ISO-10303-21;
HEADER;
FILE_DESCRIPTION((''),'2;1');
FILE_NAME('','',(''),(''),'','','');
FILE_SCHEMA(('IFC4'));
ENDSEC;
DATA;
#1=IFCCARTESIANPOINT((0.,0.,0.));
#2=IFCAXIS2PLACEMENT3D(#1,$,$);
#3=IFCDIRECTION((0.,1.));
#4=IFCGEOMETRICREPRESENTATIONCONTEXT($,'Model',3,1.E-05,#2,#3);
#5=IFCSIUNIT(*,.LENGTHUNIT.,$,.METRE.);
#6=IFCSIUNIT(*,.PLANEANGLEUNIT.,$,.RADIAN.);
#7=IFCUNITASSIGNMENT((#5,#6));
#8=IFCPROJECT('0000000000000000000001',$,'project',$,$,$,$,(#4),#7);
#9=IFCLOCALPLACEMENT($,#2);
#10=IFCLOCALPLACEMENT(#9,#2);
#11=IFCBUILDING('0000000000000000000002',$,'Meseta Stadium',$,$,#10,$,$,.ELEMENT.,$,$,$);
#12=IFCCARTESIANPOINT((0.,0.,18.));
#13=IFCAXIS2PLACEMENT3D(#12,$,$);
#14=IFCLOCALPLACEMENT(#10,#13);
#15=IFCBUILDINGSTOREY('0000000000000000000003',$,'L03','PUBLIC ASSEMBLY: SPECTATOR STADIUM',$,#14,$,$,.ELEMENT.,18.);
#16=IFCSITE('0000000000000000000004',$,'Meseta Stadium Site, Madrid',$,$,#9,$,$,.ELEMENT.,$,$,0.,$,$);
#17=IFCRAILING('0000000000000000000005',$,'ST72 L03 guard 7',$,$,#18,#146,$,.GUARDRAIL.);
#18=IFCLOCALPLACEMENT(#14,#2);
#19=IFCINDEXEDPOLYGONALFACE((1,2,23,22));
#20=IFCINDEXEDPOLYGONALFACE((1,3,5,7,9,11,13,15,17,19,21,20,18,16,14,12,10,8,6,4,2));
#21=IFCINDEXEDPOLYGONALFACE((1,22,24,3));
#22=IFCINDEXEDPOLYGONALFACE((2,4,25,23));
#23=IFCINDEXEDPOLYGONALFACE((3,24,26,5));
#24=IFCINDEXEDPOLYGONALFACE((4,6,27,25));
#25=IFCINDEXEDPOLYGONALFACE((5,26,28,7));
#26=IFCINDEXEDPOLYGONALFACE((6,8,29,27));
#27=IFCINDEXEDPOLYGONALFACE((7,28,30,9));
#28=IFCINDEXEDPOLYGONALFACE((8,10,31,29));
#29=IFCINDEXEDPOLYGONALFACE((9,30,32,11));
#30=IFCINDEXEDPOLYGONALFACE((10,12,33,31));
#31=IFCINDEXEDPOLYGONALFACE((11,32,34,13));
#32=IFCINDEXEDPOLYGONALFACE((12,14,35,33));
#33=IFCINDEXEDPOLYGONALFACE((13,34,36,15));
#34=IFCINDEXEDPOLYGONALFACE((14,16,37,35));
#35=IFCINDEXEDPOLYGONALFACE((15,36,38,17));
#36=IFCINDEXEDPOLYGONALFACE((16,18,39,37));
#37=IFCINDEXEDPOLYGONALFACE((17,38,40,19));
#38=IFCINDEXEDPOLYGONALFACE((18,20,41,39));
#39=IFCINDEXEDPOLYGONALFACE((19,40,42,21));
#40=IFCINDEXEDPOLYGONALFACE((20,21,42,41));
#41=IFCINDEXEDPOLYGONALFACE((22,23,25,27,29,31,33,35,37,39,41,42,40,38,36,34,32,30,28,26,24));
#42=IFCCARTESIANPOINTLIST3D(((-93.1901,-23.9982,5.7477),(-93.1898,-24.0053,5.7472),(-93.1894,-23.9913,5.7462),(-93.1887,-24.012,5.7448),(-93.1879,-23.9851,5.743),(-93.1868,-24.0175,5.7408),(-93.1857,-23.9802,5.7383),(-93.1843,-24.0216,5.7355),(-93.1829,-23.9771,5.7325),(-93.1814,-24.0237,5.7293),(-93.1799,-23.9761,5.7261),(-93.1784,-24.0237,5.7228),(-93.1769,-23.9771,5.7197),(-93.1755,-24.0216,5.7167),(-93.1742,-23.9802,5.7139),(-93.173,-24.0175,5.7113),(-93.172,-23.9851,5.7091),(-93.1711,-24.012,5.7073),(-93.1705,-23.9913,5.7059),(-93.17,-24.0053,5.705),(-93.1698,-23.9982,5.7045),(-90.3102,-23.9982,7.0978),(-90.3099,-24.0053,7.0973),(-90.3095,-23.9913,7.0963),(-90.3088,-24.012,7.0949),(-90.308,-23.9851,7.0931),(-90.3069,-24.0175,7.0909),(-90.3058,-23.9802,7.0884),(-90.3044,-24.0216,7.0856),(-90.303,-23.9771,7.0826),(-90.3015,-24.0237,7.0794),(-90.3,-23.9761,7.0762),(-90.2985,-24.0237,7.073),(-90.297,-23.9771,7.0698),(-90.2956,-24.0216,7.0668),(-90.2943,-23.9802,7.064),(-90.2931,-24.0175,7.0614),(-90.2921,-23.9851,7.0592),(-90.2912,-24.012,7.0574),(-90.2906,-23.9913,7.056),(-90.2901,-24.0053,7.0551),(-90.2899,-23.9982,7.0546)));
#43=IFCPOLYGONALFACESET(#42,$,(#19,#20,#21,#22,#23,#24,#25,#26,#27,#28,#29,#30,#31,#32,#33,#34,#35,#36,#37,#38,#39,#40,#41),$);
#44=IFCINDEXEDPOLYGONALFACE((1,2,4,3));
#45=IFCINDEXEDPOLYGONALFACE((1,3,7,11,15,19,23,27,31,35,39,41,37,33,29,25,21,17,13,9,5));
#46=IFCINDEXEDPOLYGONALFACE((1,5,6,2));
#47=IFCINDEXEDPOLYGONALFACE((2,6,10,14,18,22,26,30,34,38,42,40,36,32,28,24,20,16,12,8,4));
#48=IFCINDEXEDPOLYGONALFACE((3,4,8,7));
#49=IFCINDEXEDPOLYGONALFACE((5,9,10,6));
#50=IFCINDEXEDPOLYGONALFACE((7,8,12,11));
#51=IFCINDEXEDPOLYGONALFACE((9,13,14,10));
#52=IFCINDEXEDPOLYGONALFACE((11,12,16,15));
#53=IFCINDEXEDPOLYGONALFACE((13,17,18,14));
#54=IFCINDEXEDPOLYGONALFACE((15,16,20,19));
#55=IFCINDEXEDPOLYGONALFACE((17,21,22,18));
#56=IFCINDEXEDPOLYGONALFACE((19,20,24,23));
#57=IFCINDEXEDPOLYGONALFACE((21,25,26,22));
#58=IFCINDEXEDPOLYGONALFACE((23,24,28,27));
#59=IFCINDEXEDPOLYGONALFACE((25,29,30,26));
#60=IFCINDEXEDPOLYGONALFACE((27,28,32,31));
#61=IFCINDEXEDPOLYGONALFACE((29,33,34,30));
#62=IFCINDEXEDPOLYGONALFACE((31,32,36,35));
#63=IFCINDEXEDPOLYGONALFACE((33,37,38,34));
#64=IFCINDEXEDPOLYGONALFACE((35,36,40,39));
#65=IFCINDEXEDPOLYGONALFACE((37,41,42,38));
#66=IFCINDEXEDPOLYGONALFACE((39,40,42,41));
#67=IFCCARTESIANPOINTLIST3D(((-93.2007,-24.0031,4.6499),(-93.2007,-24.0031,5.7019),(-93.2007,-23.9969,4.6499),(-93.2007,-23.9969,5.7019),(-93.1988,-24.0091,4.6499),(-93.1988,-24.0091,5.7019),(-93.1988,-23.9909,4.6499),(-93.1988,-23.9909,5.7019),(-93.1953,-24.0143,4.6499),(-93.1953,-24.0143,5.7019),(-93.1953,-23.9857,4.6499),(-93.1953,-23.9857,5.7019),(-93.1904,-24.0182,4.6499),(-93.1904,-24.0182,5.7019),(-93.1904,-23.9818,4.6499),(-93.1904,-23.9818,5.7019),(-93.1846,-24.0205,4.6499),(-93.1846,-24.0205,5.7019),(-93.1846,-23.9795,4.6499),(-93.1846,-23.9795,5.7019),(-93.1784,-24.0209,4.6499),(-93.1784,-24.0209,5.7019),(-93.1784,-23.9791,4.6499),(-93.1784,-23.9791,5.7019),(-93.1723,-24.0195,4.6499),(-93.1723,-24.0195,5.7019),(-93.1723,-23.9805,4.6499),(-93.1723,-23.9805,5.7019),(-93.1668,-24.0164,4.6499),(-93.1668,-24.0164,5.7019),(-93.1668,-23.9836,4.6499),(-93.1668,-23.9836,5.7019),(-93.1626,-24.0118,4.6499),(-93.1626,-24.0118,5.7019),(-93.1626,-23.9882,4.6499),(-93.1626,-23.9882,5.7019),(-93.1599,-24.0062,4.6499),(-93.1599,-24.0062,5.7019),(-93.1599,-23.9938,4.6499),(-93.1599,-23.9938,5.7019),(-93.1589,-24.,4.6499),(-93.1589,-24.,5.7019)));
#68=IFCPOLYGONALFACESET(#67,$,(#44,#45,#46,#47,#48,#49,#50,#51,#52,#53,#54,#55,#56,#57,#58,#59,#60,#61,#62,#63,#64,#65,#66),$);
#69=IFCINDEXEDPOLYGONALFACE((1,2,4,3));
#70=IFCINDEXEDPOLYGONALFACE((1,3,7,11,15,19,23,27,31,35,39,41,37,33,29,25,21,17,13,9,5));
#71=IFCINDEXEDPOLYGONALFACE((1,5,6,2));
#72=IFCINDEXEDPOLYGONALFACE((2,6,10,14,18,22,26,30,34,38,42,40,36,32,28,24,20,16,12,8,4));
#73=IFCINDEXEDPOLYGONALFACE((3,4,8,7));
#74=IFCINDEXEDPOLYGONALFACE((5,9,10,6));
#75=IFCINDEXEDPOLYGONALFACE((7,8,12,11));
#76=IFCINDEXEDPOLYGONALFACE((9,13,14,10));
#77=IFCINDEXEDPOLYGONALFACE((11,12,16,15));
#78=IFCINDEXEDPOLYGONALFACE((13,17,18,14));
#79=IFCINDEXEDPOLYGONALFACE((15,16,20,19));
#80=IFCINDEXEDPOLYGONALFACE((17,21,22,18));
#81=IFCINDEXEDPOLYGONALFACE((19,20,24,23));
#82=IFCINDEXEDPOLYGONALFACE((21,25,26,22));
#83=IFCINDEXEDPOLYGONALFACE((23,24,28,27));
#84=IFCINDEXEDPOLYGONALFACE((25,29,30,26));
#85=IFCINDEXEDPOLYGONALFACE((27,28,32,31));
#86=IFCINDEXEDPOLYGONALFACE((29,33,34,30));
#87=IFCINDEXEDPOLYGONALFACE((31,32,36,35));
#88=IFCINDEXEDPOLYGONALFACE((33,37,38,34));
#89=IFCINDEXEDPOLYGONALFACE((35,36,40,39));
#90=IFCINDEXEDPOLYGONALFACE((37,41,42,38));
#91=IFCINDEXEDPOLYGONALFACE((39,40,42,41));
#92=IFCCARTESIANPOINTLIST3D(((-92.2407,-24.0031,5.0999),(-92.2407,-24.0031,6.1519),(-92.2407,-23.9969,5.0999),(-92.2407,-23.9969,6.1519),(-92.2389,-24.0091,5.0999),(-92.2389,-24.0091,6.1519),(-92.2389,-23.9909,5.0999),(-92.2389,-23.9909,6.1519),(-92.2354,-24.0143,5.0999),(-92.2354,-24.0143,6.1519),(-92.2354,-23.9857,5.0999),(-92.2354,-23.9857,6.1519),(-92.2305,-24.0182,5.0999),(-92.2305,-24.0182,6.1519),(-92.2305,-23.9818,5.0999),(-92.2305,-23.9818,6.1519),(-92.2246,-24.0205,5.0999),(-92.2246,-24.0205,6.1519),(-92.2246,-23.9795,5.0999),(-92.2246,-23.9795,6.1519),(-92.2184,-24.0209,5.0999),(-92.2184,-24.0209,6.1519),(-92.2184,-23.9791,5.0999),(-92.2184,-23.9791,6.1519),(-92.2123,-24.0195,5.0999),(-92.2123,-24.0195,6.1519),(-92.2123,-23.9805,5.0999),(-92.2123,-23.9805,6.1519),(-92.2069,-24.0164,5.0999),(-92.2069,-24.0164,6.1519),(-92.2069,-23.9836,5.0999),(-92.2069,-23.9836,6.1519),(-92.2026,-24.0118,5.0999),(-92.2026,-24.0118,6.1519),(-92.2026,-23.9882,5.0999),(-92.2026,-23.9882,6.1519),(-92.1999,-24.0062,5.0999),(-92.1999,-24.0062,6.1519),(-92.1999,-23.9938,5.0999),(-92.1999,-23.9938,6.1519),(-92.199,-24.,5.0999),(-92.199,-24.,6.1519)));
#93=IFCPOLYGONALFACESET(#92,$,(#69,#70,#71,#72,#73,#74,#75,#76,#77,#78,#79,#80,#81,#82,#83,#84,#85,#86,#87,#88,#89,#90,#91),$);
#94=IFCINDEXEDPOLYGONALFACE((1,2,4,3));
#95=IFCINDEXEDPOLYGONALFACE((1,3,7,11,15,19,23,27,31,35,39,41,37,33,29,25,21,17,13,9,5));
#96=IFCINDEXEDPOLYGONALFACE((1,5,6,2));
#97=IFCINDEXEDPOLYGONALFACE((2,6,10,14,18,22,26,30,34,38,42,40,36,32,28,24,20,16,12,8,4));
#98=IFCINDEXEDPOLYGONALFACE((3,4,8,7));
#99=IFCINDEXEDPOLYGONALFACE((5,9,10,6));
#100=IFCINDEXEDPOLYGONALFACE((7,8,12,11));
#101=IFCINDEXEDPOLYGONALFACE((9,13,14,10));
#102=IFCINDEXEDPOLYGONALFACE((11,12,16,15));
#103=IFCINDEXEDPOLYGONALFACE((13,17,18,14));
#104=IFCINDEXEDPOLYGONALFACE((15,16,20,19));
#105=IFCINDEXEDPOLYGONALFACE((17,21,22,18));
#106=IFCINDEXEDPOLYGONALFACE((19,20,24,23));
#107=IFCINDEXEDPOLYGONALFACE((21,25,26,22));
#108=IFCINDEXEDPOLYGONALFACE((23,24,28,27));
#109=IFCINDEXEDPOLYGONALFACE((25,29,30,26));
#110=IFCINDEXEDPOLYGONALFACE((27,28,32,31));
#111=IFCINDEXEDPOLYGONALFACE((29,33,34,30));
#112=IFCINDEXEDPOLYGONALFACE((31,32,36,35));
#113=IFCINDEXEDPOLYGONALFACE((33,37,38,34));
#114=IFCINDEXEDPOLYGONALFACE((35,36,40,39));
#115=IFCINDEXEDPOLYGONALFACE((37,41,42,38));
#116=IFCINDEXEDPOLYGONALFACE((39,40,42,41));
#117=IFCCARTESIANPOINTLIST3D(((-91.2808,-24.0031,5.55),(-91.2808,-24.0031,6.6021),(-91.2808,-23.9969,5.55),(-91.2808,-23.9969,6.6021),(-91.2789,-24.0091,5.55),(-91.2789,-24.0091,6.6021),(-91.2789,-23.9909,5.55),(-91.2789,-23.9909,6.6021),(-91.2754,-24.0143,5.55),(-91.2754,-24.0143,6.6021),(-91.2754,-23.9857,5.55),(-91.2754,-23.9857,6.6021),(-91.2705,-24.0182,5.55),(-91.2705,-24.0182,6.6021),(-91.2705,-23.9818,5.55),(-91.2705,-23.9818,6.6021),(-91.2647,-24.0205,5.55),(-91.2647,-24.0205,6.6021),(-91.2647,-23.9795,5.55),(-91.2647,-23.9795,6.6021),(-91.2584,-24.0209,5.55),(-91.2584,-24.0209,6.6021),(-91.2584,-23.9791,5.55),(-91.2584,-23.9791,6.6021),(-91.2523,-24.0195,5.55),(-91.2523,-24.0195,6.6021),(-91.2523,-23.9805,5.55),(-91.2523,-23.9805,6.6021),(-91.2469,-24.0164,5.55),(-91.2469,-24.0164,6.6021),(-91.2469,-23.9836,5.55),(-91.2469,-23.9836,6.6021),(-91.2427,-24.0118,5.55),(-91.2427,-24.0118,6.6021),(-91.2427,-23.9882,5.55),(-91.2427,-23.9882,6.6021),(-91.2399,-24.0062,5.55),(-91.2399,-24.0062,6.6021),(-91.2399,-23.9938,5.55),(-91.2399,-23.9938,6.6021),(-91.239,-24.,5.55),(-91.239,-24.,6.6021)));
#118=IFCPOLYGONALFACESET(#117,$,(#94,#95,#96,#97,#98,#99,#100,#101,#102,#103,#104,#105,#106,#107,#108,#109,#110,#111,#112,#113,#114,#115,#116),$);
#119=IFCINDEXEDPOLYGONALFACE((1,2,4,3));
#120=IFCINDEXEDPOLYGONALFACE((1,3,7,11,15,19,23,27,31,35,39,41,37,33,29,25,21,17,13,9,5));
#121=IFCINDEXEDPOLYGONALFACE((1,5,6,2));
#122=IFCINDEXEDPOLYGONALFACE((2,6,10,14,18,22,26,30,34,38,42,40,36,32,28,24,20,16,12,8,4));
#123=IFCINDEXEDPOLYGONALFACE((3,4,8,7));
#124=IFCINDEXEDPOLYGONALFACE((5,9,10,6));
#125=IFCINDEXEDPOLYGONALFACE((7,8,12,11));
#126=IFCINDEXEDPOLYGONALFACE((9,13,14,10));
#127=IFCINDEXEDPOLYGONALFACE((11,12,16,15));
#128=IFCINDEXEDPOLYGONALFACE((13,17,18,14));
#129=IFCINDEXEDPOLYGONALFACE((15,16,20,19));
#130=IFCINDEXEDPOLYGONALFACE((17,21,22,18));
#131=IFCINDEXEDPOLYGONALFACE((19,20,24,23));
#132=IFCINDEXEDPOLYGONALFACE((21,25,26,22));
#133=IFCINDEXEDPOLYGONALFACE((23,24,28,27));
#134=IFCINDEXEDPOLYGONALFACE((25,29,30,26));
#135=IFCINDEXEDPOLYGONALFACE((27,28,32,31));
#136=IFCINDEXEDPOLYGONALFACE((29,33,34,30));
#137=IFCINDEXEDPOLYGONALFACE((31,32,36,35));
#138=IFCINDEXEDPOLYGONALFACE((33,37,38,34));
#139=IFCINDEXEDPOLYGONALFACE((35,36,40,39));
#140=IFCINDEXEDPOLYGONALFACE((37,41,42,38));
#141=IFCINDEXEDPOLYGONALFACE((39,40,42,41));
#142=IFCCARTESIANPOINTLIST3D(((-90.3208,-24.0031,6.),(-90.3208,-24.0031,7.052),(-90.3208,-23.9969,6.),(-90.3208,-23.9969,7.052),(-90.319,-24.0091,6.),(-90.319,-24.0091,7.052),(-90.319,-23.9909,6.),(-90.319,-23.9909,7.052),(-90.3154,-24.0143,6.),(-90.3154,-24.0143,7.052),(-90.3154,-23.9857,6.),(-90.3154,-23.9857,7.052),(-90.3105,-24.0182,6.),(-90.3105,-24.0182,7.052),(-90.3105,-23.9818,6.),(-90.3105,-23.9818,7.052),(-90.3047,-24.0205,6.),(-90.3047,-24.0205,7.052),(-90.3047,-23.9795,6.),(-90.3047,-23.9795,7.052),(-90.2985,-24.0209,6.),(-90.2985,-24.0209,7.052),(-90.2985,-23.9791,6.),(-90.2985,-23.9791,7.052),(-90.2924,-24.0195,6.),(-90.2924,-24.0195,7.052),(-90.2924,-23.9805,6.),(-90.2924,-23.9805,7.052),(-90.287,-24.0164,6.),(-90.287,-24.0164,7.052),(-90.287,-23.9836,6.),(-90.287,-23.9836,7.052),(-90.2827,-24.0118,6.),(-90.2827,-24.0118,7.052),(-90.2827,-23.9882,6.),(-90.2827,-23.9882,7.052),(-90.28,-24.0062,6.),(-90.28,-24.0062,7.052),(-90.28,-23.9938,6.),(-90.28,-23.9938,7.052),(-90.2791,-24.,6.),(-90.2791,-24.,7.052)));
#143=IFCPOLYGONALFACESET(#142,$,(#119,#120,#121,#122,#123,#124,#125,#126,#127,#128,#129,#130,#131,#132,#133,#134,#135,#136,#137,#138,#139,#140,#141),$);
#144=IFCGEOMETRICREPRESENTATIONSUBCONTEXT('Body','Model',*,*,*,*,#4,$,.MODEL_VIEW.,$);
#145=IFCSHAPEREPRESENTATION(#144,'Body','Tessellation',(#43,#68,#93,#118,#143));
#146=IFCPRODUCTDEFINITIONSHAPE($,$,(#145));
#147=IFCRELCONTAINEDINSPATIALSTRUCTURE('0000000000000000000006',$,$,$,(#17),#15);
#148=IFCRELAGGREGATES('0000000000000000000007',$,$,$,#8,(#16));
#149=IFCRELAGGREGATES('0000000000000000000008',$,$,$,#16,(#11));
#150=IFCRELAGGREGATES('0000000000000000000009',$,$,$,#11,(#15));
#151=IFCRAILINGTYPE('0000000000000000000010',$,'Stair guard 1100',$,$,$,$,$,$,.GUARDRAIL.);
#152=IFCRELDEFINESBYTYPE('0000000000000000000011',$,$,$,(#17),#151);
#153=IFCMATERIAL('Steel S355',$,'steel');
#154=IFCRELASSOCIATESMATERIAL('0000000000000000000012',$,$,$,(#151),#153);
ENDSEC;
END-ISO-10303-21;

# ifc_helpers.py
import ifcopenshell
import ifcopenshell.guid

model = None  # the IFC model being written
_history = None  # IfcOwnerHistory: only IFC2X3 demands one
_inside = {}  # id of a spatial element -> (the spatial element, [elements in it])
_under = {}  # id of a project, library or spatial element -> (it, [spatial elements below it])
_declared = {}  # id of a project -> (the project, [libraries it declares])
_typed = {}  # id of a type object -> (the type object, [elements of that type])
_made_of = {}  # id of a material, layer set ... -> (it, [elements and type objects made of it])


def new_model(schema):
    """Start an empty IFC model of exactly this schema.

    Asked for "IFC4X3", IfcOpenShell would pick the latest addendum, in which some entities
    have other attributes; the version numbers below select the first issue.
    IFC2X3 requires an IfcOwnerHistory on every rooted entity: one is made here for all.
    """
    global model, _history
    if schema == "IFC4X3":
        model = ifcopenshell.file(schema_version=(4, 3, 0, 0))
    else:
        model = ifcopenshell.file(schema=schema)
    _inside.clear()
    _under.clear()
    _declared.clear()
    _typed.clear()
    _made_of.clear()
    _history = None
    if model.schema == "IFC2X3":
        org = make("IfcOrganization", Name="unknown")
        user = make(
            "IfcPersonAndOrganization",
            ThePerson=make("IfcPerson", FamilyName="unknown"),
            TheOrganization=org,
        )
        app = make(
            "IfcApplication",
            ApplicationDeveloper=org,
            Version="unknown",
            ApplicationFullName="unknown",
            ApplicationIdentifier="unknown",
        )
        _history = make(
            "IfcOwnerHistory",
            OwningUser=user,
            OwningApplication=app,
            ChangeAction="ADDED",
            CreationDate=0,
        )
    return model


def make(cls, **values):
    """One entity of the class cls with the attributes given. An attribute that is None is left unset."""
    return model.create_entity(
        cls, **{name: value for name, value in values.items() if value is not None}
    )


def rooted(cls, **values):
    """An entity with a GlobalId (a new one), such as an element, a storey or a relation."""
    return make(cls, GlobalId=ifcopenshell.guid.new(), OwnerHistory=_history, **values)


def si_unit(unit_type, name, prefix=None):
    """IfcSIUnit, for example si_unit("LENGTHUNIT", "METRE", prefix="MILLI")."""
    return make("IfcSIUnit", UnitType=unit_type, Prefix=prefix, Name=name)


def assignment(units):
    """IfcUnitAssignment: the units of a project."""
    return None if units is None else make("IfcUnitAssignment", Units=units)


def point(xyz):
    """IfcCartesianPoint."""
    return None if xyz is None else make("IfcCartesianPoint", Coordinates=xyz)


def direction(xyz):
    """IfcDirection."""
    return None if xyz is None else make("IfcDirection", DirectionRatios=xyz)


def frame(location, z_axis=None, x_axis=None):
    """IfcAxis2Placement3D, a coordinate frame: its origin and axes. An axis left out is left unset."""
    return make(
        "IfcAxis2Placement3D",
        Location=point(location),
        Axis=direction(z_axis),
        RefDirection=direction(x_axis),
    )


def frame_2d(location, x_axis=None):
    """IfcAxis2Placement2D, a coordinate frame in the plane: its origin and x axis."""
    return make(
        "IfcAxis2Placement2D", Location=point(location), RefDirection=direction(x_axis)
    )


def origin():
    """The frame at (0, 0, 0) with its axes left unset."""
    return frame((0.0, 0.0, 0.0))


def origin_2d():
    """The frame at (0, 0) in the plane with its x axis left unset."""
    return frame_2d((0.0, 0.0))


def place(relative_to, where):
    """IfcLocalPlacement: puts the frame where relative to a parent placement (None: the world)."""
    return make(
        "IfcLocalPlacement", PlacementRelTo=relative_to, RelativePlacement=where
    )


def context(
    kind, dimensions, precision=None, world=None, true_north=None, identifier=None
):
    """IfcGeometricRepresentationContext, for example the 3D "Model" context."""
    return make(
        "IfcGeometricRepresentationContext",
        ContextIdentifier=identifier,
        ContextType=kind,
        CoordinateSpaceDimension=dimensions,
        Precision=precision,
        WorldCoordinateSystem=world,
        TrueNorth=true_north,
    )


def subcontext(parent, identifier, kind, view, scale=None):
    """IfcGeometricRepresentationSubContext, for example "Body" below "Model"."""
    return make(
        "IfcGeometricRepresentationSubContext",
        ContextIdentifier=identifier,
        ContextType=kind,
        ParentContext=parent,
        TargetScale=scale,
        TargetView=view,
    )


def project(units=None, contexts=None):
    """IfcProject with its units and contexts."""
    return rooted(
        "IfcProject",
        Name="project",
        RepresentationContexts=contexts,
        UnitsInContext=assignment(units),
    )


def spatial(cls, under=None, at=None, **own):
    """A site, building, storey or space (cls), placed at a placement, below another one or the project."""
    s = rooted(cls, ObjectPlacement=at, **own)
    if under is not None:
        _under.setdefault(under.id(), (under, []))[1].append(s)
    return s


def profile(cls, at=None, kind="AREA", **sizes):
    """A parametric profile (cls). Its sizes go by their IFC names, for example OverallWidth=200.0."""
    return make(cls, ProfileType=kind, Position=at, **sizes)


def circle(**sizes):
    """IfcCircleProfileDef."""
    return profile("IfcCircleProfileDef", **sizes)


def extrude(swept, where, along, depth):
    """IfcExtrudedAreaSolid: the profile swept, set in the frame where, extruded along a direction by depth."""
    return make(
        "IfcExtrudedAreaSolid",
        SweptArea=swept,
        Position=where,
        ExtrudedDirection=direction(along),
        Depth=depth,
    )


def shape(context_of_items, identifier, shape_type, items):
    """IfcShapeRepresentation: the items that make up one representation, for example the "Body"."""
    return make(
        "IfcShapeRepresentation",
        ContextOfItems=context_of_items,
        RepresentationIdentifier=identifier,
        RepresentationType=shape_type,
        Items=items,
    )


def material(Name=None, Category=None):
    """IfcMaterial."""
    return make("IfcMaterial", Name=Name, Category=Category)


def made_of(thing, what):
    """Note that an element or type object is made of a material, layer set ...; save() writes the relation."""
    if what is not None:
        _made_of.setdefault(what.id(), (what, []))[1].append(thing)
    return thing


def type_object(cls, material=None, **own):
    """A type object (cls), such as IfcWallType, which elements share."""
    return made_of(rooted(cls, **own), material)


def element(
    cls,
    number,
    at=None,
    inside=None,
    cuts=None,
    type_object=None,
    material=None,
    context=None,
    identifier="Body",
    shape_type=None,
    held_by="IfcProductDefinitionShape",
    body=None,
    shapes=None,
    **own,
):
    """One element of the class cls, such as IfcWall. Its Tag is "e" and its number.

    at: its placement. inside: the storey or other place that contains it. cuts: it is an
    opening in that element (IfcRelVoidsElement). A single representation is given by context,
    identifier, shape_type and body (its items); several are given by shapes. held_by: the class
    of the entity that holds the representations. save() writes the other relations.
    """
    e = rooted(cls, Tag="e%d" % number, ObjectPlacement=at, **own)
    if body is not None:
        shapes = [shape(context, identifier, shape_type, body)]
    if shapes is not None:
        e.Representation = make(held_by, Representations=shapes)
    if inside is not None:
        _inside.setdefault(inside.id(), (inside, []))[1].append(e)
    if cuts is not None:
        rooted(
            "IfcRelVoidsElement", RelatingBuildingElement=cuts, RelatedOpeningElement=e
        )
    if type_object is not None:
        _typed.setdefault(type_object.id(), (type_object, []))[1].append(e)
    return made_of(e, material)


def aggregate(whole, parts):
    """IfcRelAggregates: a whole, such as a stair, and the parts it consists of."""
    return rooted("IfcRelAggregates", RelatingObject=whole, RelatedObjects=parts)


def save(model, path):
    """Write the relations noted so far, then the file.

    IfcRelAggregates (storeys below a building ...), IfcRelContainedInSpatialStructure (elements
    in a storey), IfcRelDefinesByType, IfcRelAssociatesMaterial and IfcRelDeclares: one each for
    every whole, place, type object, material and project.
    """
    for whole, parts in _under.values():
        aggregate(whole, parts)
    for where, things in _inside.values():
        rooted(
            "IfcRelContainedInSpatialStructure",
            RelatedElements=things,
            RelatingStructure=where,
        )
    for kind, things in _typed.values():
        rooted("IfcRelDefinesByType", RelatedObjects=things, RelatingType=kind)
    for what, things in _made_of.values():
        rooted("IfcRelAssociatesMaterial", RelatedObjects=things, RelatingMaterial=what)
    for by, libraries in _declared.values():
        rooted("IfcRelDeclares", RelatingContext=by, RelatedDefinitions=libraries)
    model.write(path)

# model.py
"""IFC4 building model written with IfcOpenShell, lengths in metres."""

from ifc_helpers import new_model, si_unit, direction, frame, origin, origin_2d, place, context, subcontext, project, spatial, circle, extrude, material, type_object, element, save


model = new_model("IFC4")

# Units and contexts
model_context = context("Model", 3, precision=1e-05, world=origin(), true_north=direction((0.0, 1.0)))
body_context = subcontext(model_context, "Body", "Model", "MODEL_VIEW")
ifc_project = project(units=[si_unit("LENGTHUNIT", "METRE"), si_unit("PLANEANGLEUNIT", "RADIAN")], contexts=[model_context])

# Site, building, storey
site_placement = place(None, origin())
site = spatial("IfcSite", under=ifc_project, at=site_placement, Name="Meseta Stadium Site, Madrid", CompositionType="ELEMENT", RefElevation=0.0)
building_placement = place(site_placement, origin())
building = spatial("IfcBuilding", under=site, at=building_placement, Name="Meseta Stadium", CompositionType="ELEMENT")
storey_placement = place(building_placement, frame((0.0, 0.0, 18.0)))
storey = spatial("IfcBuildingStorey", under=building, at=storey_placement, Name="L03", Description="PUBLIC ASSEMBLY: SPECTATOR STADIUM", CompositionType="ELEMENT", Elevation=18.0)

# Railing
ifc_material_1 = material(Name="Steel S355", Category="steel")
railing_type_1 = type_object("IfcRailingType", Name="Stair guard 1100", PredefinedType="GUARDRAIL", material=ifc_material_1)
railing_1_placement = place(storey_placement, frame((-93.1799, -24.0, 4.6499)))
element("IfcRailing", 1, at=railing_1_placement, inside=storey, type_object=railing_type_1, Name="ST72 L03 guard 7", PredefinedType="GUARDRAIL", context=body_context, shape_type="SweptSolid", body=[
    extrude(circle(Radius=0.0239, at=origin_2d()), frame((0.0, 0.0, 1.0762), z_axis=(0.90544, 0.0, 0.424473), x_axis=(0.0, 1.0, 0.0)), (0.0, 0.0, 1.0), 3.1807),
    extrude(circle(Radius=0.021, at=origin_2d()), origin(), (0.0, 0.0, 1.0), 1.052),
    extrude(circle(Radius=0.021, at=origin_2d()), frame((0.96, 0.0, 0.45)), (0.0, 0.0, 1.0), 1.052),
    extrude(circle(Radius=0.021, at=origin_2d()), frame((1.9199, 0.0, 0.9001)), (0.0, 0.0, 1.0), 1.052),
    extrude(circle(Radius=0.021, at=origin_2d()), frame((2.8799, 0.0, 1.3501)), (0.0, 0.0, 1.0), 1.052),
])

save(model, "model.ifc")
